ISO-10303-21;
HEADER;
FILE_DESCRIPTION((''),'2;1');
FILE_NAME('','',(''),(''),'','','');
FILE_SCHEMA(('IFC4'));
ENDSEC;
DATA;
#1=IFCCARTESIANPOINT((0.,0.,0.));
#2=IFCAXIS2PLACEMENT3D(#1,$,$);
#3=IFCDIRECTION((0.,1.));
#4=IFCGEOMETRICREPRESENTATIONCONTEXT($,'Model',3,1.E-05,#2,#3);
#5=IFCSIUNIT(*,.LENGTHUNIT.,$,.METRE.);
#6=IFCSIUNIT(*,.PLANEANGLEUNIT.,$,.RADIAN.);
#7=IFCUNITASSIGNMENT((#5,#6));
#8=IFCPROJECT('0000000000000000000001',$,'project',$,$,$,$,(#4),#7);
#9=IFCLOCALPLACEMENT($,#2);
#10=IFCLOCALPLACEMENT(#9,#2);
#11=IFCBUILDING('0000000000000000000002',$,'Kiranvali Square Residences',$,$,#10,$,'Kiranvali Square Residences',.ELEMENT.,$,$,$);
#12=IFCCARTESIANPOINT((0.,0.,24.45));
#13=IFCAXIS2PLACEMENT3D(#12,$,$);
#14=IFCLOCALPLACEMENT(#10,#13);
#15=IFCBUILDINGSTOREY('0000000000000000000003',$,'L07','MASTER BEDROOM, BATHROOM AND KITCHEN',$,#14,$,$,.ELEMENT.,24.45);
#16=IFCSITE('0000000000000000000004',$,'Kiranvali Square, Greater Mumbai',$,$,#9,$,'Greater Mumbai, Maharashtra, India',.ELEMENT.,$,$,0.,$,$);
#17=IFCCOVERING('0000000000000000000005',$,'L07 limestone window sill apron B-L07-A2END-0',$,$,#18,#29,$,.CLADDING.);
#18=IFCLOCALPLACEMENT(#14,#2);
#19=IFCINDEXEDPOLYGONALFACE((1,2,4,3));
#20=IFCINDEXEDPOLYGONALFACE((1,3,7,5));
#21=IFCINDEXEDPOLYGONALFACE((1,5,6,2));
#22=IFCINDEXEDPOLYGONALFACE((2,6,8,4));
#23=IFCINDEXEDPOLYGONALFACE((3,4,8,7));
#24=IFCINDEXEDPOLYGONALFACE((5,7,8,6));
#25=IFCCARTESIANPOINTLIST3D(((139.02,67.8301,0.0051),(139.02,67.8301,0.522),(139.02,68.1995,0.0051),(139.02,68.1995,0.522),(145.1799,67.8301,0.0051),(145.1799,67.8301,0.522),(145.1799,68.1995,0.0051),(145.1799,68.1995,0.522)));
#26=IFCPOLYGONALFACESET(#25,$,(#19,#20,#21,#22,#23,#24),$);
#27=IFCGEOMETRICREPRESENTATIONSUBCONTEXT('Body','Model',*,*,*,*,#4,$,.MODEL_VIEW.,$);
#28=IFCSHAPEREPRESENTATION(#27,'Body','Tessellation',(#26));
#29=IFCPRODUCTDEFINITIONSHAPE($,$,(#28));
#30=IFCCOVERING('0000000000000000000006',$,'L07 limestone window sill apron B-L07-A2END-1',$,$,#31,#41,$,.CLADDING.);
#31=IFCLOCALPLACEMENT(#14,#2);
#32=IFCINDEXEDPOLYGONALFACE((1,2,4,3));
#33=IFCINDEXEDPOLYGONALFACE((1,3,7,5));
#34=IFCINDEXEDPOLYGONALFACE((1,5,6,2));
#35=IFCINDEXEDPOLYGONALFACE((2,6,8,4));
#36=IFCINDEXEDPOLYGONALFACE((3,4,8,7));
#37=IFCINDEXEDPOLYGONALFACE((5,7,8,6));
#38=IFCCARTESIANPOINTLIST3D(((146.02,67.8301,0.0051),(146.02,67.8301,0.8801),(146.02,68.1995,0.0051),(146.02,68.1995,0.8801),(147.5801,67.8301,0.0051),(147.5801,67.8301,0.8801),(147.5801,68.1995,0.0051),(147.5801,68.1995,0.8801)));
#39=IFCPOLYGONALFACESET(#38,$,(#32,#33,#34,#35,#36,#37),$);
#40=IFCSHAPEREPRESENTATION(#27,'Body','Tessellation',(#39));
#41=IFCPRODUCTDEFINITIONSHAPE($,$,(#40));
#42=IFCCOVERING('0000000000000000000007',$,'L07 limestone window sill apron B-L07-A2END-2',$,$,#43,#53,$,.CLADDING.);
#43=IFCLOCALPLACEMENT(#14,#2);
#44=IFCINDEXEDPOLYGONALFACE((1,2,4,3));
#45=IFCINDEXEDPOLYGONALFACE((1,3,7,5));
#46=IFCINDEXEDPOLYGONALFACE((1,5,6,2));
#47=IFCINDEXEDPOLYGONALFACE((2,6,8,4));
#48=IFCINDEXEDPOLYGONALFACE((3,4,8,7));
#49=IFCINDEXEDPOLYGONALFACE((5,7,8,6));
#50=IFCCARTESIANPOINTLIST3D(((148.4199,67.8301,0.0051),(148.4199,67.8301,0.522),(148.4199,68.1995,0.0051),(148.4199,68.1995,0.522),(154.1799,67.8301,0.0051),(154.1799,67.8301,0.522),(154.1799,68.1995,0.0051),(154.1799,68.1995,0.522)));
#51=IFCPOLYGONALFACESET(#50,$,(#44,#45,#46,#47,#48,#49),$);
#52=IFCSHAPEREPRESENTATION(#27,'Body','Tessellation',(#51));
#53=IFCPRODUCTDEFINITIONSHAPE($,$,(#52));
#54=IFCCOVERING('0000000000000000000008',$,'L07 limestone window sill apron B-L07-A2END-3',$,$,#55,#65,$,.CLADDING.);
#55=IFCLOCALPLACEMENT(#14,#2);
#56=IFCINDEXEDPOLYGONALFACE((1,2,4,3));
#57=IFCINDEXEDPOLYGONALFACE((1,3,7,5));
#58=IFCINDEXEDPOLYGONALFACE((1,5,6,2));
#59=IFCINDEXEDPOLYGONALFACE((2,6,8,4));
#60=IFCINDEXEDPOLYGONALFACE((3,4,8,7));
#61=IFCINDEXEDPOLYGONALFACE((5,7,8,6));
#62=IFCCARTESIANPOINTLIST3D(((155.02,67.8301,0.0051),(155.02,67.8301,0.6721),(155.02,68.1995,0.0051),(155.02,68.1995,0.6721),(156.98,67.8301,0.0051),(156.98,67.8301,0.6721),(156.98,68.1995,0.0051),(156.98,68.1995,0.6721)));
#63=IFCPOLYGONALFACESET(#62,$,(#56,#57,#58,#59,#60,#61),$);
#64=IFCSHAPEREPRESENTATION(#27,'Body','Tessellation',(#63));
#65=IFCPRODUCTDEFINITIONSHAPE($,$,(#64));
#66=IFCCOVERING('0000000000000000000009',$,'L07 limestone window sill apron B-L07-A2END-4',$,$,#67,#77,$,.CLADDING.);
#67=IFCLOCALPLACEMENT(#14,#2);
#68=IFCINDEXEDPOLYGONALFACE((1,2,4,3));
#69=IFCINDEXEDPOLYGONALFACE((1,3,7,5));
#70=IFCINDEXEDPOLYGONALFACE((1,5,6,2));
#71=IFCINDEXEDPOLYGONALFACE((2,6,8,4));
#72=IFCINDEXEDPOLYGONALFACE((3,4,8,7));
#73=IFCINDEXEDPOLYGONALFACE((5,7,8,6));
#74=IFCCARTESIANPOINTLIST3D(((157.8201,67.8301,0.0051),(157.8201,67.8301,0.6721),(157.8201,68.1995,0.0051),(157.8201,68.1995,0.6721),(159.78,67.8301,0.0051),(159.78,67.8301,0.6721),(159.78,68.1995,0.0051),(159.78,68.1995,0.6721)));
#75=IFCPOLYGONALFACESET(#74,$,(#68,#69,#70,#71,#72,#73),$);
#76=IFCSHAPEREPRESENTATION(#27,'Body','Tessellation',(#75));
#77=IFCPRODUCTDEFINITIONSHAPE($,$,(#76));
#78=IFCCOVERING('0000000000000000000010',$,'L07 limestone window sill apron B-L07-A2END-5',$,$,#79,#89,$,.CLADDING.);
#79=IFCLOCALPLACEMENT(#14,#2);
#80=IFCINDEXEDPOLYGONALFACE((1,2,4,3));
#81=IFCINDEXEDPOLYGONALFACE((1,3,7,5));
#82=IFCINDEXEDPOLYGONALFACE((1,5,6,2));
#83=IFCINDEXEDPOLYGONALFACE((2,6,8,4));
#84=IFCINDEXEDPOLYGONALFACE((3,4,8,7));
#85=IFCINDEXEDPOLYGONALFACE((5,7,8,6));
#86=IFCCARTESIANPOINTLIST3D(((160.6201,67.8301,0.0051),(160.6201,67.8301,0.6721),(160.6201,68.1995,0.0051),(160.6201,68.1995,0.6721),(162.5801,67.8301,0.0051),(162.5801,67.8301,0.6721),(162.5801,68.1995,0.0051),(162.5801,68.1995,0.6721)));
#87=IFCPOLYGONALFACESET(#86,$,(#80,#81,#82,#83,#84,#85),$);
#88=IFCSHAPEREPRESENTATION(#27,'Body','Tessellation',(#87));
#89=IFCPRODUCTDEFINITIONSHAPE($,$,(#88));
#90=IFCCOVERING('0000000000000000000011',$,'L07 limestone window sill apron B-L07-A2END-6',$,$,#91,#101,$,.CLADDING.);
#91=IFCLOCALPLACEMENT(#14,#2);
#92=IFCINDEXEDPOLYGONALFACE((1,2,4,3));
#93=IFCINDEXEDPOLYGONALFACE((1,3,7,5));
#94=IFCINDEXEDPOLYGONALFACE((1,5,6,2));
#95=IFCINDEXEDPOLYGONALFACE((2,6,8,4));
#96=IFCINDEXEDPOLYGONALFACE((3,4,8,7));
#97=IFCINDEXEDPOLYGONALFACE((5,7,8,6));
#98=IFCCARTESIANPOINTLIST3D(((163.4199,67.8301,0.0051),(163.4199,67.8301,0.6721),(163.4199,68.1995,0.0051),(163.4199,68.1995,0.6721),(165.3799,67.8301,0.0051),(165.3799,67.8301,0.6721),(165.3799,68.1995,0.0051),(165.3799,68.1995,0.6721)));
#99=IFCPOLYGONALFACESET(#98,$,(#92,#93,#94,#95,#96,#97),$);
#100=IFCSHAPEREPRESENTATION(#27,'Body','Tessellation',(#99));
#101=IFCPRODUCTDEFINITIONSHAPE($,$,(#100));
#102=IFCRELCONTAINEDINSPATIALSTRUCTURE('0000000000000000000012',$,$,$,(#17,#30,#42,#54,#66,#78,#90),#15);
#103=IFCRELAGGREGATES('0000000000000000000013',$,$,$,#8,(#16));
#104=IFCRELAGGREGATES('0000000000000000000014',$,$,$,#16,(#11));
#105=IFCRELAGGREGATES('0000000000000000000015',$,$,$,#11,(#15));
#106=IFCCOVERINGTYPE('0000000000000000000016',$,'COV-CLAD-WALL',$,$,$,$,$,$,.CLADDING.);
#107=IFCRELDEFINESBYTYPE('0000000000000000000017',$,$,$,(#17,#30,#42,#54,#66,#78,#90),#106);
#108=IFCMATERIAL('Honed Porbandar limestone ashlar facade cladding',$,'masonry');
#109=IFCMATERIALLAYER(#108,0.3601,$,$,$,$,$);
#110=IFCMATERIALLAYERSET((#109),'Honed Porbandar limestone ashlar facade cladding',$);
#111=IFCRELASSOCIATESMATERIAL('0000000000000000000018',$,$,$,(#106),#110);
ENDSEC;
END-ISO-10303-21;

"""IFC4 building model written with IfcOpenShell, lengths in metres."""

from ifc_helpers import new_model, si_unit, direction, frame, origin, place, context, subcontext, project, spatial, polyline, outline, extrude, material, layer, layer_set, type_object, element, save


model = new_model("IFC4")

# Units and contexts
model_context = context("Model", 3, precision=1e-05, world=origin(), true_north=direction((0.0, 1.0)))
body_context = subcontext(model_context, "Body", "Model", "MODEL_VIEW")
ifc_project = project(units=[si_unit("LENGTHUNIT", "METRE"), si_unit("PLANEANGLEUNIT", "RADIAN")], contexts=[model_context])

# Site, building, storey
site_placement = place(None, origin())
site = spatial("IfcSite", under=ifc_project, at=site_placement, Name="Kiranvali Square, Greater Mumbai", LongName="Greater Mumbai, Maharashtra, India", CompositionType="ELEMENT", RefElevation=0.0)
building_placement = place(site_placement, origin())
building = spatial("IfcBuilding", under=site, at=building_placement, Name="Kiranvali Square Residences", LongName="Kiranvali Square Residences", CompositionType="ELEMENT")
storey_placement = place(building_placement, frame((0.0, 0.0, 24.45)))
storey = spatial("IfcBuildingStorey", under=building, at=storey_placement, Name="L07", Description="MASTER BEDROOM, BATHROOM AND KITCHEN", CompositionType="ELEMENT", Elevation=24.45)

# Coverings
ifc_material = material(Name="Honed Porbandar limestone ashlar facade cladding", Category="masonry")
ifc_layer_1 = layer(ifc_material, 0.3601)
ifc_layer_set_1 = layer_set([ifc_layer_1], Name="Honed Porbandar limestone ashlar facade cladding")
covering_type_1 = type_object("IfcCoveringType", Name="COV-CLAD-WALL", PredefinedType="CLADDING", material=ifc_layer_set_1)
covering_1_placement = place(storey_placement, frame((0.0, 0.0, 0.0051)))
element("IfcCovering", 1, at=covering_1_placement, inside=storey, type_object=covering_type_1, Name="L07 limestone window sill apron B-L07-A2END-0", PredefinedType="CLADDING", context=body_context, shape_type="SweptSolid", body=[
    extrude(outline(polyline([(139.02, 67.8301), (145.1799, 67.8301), (145.1799, 68.1995), (139.02, 68.1995), (139.02, 67.8301)])), origin(), (0.0, 0.0, 1.0), 0.5168),
])
covering_2_placement = place(storey_placement, frame((0.0, 0.0, 0.0051)))
element("IfcCovering", 2, at=covering_2_placement, inside=storey, type_object=covering_type_1, Name="L07 limestone window sill apron B-L07-A2END-1", PredefinedType="CLADDING", context=body_context, shape_type="SweptSolid", body=[
    extrude(outline(polyline([(146.02, 67.8301), (147.5801, 67.8301), (147.5801, 68.1995), (146.02, 68.1995), (146.02, 67.8301)])), origin(), (0.0, 0.0, 1.0), 0.875),
])
covering_3_placement = place(storey_placement, frame((0.0, 0.0, 0.0051)))
element("IfcCovering", 3, at=covering_3_placement, inside=storey, type_object=covering_type_1, Name="L07 limestone window sill apron B-L07-A2END-2", PredefinedType="CLADDING", context=body_context, shape_type="SweptSolid", body=[
    extrude(outline(polyline([(148.4199, 67.8301), (154.1799, 67.8301), (154.1799, 68.1995), (148.4199, 68.1995), (148.4199, 67.8301)])), origin(), (0.0, 0.0, 1.0), 0.5168),
])
covering_4_placement = place(storey_placement, frame((0.0, 0.0, 0.0051)))
element("IfcCovering", 4, at=covering_4_placement, inside=storey, type_object=covering_type_1, Name="L07 limestone window sill apron B-L07-A2END-3", PredefinedType="CLADDING", context=body_context, shape_type="SweptSolid", body=[
    extrude(outline(polyline([(155.02, 67.8301), (156.98, 67.8301), (156.98, 68.1995), (155.02, 68.1995), (155.02, 67.8301)])), origin(), (0.0, 0.0, 1.0), 0.667),
])
covering_5_placement = place(storey_placement, frame((0.0, 0.0, 0.0051)))
element("IfcCovering", 5, at=covering_5_placement, inside=storey, type_object=covering_type_1, Name="L07 limestone window sill apron B-L07-A2END-4", PredefinedType="CLADDING", context=body_context, shape_type="SweptSolid", body=[
    extrude(outline(polyline([(157.8201, 67.8301), (159.78, 67.8301), (159.78, 68.1995), (157.8201, 68.1995), (157.8201, 67.8301)])), origin(), (0.0, 0.0, 1.0), 0.667),
])
covering_6_placement = place(storey_placement, frame((0.0, 0.0, 0.0051)))
element("IfcCovering", 6, at=covering_6_placement, inside=storey, type_object=covering_type_1, Name="L07 limestone window sill apron B-L07-A2END-5", PredefinedType="CLADDING", context=body_context, shape_type="SweptSolid", body=[
    extrude(outline(polyline([(160.6201, 67.8301), (162.5801, 67.8301), (162.5801, 68.1995), (160.6201, 68.1995), (160.6201, 67.8301)])), origin(), (0.0, 0.0, 1.0), 0.667),
])
covering_7_placement = place(storey_placement, frame((0.0, 0.0, 0.0051)))
element("IfcCovering", 7, at=covering_7_placement, inside=storey, type_object=covering_type_1, Name="L07 limestone window sill apron B-L07-A2END-6", PredefinedType="CLADDING", context=body_context, shape_type="SweptSolid", body=[
    extrude(outline(polyline([(163.4199, 67.8301), (165.3799, 67.8301), (165.3799, 68.1995), (163.4199, 68.1995), (163.4199, 67.8301)])), origin(), (0.0, 0.0, 1.0), 0.667),
])

save(model, "model.ifc")
